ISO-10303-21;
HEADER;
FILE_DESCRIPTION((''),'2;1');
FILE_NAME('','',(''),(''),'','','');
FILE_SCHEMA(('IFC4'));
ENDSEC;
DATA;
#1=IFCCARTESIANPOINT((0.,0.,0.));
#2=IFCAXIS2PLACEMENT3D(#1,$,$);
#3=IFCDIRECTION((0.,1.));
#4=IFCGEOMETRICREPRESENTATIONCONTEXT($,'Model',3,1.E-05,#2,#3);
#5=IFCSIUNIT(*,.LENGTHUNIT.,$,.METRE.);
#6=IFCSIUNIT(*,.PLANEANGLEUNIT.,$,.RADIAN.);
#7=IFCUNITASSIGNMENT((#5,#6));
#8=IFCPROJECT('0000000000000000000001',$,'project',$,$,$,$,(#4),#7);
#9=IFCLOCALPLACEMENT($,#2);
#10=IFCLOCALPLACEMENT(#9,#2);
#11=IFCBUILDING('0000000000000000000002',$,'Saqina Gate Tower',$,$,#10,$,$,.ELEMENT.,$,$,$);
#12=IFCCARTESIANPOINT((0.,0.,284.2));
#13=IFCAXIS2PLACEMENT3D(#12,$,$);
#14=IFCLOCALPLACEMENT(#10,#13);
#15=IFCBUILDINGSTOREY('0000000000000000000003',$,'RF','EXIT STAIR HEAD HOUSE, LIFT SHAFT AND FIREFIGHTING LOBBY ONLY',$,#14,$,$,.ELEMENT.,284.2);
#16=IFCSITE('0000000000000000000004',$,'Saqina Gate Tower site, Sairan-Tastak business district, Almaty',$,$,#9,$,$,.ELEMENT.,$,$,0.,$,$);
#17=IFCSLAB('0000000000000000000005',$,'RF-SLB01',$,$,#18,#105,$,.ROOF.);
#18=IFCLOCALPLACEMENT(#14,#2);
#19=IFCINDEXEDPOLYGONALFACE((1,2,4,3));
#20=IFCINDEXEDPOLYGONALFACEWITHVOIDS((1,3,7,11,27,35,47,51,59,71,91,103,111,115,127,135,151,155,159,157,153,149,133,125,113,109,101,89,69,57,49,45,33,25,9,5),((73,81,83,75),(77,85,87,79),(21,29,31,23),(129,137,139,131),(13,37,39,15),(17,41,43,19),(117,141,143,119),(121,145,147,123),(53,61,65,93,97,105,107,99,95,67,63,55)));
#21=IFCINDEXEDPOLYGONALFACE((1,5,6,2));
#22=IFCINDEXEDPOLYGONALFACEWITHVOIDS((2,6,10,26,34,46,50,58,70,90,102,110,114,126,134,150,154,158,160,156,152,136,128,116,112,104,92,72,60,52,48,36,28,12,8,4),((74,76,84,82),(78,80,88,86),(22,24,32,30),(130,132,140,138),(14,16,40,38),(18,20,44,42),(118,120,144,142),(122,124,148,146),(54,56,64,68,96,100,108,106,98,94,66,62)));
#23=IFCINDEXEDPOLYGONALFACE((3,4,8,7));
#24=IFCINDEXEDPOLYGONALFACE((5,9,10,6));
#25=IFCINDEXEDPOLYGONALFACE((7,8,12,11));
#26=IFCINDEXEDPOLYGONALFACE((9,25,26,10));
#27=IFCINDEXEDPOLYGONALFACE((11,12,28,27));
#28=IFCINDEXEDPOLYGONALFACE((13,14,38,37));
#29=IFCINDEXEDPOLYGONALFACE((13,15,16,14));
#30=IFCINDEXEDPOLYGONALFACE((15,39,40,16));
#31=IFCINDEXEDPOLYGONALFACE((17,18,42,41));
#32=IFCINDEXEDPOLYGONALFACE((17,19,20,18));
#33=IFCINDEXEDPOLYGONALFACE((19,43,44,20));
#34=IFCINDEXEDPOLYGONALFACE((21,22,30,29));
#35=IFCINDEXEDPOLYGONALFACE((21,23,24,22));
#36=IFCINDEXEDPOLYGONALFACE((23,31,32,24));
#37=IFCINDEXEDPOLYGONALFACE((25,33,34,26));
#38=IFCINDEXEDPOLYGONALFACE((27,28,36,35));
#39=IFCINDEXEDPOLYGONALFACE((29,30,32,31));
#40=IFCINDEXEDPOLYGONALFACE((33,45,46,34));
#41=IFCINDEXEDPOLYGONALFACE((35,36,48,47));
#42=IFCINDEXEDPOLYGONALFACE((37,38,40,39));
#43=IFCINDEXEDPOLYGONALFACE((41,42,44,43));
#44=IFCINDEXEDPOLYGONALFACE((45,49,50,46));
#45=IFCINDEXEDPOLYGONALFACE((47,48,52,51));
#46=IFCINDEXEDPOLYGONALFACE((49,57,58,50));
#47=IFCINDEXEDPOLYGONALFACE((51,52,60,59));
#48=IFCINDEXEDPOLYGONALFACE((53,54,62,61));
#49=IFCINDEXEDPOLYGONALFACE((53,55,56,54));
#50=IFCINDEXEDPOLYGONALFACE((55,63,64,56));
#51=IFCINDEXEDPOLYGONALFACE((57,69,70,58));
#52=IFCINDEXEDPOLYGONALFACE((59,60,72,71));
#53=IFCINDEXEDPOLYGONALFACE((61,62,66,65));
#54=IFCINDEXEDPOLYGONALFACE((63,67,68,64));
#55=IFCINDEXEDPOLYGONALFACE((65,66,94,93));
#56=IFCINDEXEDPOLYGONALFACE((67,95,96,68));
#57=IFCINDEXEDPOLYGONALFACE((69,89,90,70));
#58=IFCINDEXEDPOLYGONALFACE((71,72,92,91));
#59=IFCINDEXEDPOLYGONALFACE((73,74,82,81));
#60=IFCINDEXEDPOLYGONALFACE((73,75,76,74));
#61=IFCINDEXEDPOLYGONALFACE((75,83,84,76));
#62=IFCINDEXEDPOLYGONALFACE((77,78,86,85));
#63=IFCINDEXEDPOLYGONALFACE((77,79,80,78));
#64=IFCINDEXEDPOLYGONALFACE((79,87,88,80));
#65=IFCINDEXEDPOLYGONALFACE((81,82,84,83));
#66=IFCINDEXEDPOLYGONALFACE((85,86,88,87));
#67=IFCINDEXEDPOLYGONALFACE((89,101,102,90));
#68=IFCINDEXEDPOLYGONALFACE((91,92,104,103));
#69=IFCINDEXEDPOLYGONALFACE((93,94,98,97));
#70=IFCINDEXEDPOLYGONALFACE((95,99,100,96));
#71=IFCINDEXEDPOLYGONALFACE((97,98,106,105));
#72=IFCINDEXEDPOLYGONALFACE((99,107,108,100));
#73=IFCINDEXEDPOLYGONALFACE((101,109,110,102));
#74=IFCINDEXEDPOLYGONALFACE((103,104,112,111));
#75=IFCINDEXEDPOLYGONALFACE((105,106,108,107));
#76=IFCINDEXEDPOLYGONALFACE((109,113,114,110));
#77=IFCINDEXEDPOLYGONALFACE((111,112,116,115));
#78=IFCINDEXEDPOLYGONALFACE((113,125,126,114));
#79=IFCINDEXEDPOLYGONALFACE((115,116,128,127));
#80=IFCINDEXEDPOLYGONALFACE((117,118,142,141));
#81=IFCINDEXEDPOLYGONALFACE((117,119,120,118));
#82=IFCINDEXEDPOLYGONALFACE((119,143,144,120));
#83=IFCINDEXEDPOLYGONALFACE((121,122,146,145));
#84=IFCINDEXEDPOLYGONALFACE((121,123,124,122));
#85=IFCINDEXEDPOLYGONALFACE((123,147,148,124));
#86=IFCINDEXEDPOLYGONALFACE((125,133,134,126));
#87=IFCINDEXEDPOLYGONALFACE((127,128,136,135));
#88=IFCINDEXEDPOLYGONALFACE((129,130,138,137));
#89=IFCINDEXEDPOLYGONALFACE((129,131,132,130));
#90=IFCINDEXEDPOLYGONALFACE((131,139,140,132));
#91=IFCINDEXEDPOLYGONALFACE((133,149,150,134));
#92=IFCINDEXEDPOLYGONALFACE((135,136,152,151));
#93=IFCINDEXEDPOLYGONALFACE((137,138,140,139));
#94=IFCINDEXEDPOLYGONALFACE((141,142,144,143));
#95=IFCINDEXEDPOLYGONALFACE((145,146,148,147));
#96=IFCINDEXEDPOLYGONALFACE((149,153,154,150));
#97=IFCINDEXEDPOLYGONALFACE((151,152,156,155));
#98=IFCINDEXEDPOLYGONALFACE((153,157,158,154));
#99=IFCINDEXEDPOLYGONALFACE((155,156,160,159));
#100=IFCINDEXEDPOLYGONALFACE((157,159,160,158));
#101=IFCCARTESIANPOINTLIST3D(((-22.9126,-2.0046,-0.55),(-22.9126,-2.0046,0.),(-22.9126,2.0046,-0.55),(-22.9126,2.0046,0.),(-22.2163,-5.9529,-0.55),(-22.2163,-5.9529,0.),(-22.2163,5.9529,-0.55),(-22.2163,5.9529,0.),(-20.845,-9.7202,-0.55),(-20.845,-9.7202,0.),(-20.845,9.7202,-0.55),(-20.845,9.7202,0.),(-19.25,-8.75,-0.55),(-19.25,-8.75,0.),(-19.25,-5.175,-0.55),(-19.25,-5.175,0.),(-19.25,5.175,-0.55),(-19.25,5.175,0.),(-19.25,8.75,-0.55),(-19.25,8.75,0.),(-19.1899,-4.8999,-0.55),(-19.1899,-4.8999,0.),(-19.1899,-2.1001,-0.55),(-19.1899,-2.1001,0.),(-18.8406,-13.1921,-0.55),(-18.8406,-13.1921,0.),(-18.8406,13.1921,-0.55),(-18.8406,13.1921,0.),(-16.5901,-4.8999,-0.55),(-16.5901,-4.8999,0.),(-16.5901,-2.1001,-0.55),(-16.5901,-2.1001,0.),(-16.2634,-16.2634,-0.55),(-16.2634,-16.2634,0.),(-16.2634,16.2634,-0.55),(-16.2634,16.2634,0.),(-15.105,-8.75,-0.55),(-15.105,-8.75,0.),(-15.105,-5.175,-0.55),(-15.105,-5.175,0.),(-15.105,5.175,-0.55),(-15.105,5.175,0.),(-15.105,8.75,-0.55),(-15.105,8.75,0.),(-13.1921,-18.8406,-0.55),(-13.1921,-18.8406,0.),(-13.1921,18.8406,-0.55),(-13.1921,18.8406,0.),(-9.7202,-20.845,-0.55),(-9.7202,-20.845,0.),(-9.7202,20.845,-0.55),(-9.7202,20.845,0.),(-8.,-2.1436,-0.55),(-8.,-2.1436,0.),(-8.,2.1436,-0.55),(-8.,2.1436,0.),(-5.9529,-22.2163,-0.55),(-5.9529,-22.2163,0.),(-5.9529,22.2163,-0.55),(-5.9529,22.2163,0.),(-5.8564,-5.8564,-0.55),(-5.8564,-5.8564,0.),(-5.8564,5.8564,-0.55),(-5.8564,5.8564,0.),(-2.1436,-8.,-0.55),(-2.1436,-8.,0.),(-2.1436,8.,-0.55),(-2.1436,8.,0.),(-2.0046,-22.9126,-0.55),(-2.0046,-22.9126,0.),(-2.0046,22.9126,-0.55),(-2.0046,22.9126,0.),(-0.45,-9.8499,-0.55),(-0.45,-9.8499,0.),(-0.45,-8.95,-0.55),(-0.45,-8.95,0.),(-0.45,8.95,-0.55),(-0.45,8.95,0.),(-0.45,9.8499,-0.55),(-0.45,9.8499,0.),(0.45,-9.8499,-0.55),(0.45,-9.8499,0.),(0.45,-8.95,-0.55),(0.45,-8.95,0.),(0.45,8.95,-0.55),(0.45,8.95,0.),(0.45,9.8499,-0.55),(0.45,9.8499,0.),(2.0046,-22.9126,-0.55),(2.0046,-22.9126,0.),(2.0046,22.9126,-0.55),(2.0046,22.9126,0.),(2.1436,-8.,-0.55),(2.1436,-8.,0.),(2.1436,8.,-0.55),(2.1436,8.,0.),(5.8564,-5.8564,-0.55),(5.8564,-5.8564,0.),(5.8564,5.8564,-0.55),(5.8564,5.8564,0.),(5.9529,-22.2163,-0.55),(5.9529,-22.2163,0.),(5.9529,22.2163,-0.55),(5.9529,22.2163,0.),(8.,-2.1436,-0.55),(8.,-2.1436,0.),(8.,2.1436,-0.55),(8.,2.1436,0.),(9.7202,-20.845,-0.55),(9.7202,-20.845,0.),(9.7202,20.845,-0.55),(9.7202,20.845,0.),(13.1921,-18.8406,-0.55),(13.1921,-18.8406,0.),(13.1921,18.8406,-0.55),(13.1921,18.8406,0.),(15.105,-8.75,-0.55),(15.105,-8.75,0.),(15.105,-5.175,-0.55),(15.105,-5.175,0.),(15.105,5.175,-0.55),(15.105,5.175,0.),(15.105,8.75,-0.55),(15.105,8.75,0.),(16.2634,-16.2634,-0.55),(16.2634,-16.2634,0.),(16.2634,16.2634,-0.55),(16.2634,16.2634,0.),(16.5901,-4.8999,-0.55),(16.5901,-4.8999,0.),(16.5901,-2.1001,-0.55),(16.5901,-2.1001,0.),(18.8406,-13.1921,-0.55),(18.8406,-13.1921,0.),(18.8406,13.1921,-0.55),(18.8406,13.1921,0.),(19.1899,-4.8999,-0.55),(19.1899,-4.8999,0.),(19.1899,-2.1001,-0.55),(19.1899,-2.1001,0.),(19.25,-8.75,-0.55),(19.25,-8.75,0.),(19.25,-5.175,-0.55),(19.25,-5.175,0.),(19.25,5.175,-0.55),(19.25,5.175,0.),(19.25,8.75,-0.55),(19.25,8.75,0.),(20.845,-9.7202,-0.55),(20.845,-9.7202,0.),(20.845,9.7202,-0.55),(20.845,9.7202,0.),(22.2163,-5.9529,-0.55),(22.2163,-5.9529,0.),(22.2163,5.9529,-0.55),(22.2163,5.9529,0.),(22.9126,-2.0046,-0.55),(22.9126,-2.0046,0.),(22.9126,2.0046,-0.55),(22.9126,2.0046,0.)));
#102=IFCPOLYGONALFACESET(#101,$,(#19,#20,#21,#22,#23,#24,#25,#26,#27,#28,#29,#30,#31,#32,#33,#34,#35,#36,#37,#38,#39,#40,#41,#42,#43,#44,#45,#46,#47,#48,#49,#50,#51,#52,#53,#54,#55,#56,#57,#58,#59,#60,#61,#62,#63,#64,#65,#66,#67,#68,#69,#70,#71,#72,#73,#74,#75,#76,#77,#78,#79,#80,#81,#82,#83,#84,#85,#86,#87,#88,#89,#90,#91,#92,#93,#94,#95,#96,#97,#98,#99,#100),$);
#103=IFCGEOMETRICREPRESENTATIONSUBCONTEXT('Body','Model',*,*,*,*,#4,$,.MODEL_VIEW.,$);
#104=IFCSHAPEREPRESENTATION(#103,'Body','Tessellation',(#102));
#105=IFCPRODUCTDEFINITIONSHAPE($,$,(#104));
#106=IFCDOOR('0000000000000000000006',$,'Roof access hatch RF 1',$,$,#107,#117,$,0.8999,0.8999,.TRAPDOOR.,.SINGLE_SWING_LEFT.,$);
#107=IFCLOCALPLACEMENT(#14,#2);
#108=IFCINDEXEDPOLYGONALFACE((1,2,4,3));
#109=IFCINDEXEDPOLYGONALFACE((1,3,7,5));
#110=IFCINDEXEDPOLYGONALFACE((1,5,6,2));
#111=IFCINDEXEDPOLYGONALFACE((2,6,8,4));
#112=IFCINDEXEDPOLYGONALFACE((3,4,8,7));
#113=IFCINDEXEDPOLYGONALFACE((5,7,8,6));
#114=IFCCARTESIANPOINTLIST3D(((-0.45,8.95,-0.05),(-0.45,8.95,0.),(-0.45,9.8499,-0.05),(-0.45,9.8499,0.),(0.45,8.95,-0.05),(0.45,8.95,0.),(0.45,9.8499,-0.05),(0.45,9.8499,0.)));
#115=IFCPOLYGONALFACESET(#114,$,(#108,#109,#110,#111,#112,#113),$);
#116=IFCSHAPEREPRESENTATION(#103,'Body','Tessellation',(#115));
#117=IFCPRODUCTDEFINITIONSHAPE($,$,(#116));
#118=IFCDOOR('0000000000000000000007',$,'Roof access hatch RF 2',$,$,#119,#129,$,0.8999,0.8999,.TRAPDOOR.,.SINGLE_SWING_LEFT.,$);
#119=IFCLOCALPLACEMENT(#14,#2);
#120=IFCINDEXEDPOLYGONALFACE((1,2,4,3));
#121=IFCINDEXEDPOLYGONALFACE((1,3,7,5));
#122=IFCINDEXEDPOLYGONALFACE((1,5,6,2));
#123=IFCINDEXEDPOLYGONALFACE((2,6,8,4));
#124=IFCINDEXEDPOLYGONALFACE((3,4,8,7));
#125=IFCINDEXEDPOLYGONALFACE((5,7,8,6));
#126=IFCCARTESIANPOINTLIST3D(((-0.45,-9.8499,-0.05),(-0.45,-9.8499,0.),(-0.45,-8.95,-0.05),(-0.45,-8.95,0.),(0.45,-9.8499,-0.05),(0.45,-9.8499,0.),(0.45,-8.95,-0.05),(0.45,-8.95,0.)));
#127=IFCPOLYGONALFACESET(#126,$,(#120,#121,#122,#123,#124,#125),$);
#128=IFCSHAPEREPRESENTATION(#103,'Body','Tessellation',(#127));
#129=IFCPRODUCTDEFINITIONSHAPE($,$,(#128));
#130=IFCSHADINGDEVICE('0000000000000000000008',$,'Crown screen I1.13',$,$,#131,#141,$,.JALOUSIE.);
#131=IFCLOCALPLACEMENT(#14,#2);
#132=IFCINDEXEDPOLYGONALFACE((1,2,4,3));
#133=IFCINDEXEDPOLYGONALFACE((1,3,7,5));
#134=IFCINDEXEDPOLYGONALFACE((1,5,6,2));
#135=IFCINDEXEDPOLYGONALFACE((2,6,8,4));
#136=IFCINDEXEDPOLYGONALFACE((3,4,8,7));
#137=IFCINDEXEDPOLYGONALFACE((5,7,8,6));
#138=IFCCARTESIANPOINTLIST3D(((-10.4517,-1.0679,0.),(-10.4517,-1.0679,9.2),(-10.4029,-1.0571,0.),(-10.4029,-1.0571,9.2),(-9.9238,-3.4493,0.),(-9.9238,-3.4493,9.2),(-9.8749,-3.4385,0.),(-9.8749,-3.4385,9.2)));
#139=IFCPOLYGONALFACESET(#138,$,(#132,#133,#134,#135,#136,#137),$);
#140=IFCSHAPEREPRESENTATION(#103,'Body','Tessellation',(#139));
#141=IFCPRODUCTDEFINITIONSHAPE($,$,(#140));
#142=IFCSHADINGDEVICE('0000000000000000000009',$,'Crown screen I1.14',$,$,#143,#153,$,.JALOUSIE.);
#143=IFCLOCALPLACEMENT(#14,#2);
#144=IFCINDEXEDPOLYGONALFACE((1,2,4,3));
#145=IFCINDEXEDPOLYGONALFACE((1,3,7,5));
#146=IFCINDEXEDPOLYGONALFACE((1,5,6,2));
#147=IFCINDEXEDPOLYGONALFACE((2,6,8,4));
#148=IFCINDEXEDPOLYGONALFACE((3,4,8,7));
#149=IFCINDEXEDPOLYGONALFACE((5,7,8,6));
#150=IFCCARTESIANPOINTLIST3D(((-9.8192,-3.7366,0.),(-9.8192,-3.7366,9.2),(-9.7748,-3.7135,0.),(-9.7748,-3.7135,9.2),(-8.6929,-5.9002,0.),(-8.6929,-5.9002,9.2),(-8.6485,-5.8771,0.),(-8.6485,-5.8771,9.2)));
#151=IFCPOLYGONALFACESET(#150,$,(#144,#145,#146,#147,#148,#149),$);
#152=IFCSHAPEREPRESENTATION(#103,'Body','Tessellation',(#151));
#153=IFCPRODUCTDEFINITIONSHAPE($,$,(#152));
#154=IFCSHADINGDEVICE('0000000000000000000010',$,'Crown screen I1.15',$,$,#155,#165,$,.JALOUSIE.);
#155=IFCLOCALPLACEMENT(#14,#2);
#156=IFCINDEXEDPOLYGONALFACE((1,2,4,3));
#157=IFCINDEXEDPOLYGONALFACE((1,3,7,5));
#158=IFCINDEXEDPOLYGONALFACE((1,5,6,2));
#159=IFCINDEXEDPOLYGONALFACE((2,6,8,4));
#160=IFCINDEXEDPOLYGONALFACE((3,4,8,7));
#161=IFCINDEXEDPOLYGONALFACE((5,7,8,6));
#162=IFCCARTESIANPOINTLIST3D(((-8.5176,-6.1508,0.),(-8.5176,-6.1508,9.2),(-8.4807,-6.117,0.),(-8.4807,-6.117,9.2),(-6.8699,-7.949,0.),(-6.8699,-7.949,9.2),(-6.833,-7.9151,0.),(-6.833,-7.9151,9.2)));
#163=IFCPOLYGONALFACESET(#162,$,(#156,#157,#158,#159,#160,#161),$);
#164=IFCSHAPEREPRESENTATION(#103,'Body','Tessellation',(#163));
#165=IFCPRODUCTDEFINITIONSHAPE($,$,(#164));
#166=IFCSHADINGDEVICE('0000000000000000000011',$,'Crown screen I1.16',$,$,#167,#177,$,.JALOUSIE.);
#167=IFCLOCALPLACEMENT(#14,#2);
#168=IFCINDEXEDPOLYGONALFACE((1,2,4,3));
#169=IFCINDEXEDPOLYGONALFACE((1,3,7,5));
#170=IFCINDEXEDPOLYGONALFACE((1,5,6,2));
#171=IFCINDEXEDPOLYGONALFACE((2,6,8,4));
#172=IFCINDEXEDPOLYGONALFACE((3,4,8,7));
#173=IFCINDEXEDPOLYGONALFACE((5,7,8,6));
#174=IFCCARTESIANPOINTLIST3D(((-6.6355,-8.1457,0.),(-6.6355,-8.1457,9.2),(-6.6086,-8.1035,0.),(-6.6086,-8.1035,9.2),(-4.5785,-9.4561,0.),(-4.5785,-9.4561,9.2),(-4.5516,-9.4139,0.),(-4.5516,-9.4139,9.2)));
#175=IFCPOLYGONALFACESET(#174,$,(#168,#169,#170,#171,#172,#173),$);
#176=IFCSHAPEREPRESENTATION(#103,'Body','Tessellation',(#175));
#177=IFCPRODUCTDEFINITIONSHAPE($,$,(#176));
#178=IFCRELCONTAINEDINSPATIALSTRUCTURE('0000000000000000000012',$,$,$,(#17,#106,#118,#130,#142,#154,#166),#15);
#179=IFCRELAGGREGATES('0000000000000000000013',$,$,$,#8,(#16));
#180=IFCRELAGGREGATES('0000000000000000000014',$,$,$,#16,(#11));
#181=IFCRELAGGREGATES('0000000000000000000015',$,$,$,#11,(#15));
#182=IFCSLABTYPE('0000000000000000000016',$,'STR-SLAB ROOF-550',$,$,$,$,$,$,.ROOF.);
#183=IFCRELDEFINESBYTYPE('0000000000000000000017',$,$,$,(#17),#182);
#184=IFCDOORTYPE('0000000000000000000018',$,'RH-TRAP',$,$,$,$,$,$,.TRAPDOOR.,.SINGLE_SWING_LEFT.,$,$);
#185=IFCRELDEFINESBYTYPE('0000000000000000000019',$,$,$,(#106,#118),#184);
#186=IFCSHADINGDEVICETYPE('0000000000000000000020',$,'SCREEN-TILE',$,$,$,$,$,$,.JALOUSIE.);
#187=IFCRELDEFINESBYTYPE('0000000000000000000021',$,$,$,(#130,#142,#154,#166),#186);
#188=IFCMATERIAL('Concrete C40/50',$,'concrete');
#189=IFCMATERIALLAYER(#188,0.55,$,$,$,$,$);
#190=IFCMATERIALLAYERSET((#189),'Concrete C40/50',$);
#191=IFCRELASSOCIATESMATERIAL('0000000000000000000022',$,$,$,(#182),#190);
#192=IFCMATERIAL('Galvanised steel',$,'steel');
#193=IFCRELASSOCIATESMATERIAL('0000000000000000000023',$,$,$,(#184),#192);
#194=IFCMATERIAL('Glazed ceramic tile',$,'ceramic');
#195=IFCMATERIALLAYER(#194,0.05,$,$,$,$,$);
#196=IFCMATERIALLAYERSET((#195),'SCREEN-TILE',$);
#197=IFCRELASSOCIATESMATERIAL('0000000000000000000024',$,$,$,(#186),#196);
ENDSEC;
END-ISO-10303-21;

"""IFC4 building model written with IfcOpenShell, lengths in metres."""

from ifc_helpers import new_model, si_unit, direction, frame, origin, origin_2d, place, context, subcontext, project, spatial, polyline, rectangle, outline, extrude, material, layer, layer_set, type_object, element, fill, save


model = new_model("IFC4")

# Units and contexts
model_context = context("Model", 3, precision=1e-05, world=origin(), true_north=direction((0.0, 1.0)))
body_context = subcontext(model_context, "Body", "Model", "MODEL_VIEW")
ifc_project = project(units=[si_unit("LENGTHUNIT", "METRE"), si_unit("PLANEANGLEUNIT", "RADIAN")], contexts=[model_context])

# Site, building, storey
site_placement = place(None, origin())
site = spatial("IfcSite", under=ifc_project, at=site_placement, Name="Saqina Gate Tower site, Sairan-Tastak business district, Almaty", CompositionType="ELEMENT", RefElevation=0.0)
building_placement = place(site_placement, origin())
building = spatial("IfcBuilding", under=site, at=building_placement, Name="Saqina Gate Tower", CompositionType="ELEMENT")
storey_placement = place(building_placement, frame((0.0, 0.0, 284.2)))
storey = spatial("IfcBuildingStorey", under=building, at=storey_placement, Name="RF", Description="EXIT STAIR HEAD HOUSE, LIFT SHAFT AND FIREFIGHTING LOBBY ONLY", CompositionType="ELEMENT", Elevation=284.2)

# Slab, openings, doors
ifc_material_1 = material(Name="Concrete C40/50", Category="concrete")
ifc_layer_1 = layer(ifc_material_1, 0.55)
ifc_layer_set_1 = layer_set([ifc_layer_1], Name="Concrete C40/50")
slab_type = type_object("IfcSlabType", Name="STR-SLAB ROOF-550", PredefinedType="ROOF", material=ifc_layer_set_1)
slab_placement = place(storey_placement, frame((0.0, 0.0, -0.55)))
slab = element("IfcSlab", 1, at=slab_placement, inside=storey, type_object=slab_type, Name="RF-SLB01", PredefinedType="ROOF", context=body_context, shape_type="SweptSolid", body=[
    extrude(outline(polyline([(22.2163, -5.9529), (22.9126, -2.0046), (22.9126, 2.0046), (22.2163, 5.9529), (20.845, 9.7202), (18.8406, 13.1921), (16.2634, 16.2634), (13.1921, 18.8406), (9.7202, 20.845), (5.9529, 22.2163), (2.0046, 22.9126), (-2.0046, 22.9126), (-5.9529, 22.2163), (-9.7202, 20.845), (-13.1921, 18.8406), (-16.2634, 16.2634), (-18.8406, 13.1921), (-20.845, 9.7202), (-22.2163, 5.9529), (-22.9126, 2.0046), (-22.9126, -2.0046), (-22.2163, -5.9529), (-20.845, -9.7202), (-18.8406, -13.1921), (-16.2634, -16.2634), (-13.1921, -18.8406), (-9.7202, -20.845), (-5.9529, -22.2163), (-2.0046, -22.9126), (2.0046, -22.9126), (5.9529, -22.2163), (9.7202, -20.845), (13.1921, -18.8406), (16.2634, -16.2634), (18.8406, -13.1921), (20.845, -9.7202), (22.2163, -5.9529)]), holes=[polyline([(2.1436, 8.0), (5.8564, 5.8564), (8.0, 2.1436), (8.0, -2.1436), (5.8564, -5.8564), (2.1436, -8.0), (-2.1436, -8.0), (-5.8564, -5.8564), (-8.0, -2.1436), (-8.0, 2.1436), (-5.8564, 5.8564), (-2.1436, 8.0), (2.1436, 8.0)]), polyline([(-19.25, -8.75), (-19.25, -5.175), (-15.105, -5.175), (-15.105, -8.75), (-19.25, -8.75)]), polyline([(15.105, -5.175), (19.25, -5.175), (19.25, -8.75), (15.105, -8.75), (15.105, -5.175)]), polyline([(-19.1899, -2.1001), (-16.5901, -2.1001), (-16.5901, -4.8999), (-19.1899, -4.8999), (-19.1899, -2.1001)]), polyline([(16.5901, -4.8999), (16.5901, -2.1001), (19.1899, -2.1001), (19.1899, -4.8999), (16.5901, -4.8999)]), polyline([(-19.25, 8.75), (-15.105, 8.75), (-15.105, 5.175), (-19.25, 5.175), (-19.25, 8.75)]), polyline([(15.105, 8.75), (19.25, 8.75), (19.25, 5.175), (15.105, 5.175), (15.105, 8.75)])]), origin(), (0.0, 0.0, 1.0), 0.55),
])
opening_1_placement = place(slab_placement, frame((0.0, 9.3999, 0.0)))
opening_1 = element("IfcOpeningElement", 2, at=opening_1_placement, cuts=slab, PredefinedType="OPENING", context=body_context, shape_type="SweptSolid", body=[
    extrude(rectangle(XDim=0.8999, YDim=0.8999, at=origin_2d()), frame((0.0, 0.0, -0.012)), (0.0, 0.0, 1.0), 0.574),
])
opening_2_placement = place(slab_placement, frame((0.0, -9.3999, 0.0)))
opening_2 = element("IfcOpeningElement", 3, at=opening_2_placement, cuts=slab, PredefinedType="OPENING", context=body_context, shape_type="SweptSolid", body=[
    extrude(rectangle(XDim=0.8999, YDim=0.8999, at=origin_2d()), frame((0.0, 0.0, -0.012)), (0.0, 0.0, 1.0), 0.574),
])
ifc_material_2 = material(Name="Galvanised steel", Category="steel")
door_type = type_object("IfcDoorType", Name="RH-TRAP", OperationType="SINGLE_SWING_LEFT", PredefinedType="TRAPDOOR", material=ifc_material_2)
door_1_placement = place(opening_1_placement, frame((0.0, 0.0, 0.5)))
door_1 = element("IfcDoor", 4, at=door_1_placement, inside=storey, type_object=door_type, Name="Roof access hatch RF 1", OperationType="SINGLE_SWING_LEFT", OverallHeight=0.8999, OverallWidth=0.8999, PredefinedType="TRAPDOOR", context=body_context, shape_type="SweptSolid", body=[
    extrude(rectangle(XDim=0.8999, YDim=0.8999, at=origin_2d()), origin(), (0.0, 0.0, 1.0), 0.05),
])
fill(opening_1, door_1)
door_2_placement = place(opening_2_placement, frame((0.0, 0.0, 0.5)))
door_2 = element("IfcDoor", 5, at=door_2_placement, inside=storey, type_object=door_type, Name="Roof access hatch RF 2", OperationType="SINGLE_SWING_LEFT", OverallHeight=0.8999, OverallWidth=0.8999, PredefinedType="TRAPDOOR", context=body_context, shape_type="SweptSolid", body=[
    extrude(rectangle(XDim=0.8999, YDim=0.8999, at=origin_2d()), origin(), (0.0, 0.0, 1.0), 0.05),
])
fill(opening_2, door_2)

# Shading devices
ifc_material_3 = material(Name="Glazed ceramic tile", Category="ceramic")
ifc_layer_2 = layer(ifc_material_3, 0.05)
ifc_layer_set_2 = layer_set([ifc_layer_2], Name="SCREEN-TILE")
shading_device_type = type_object("IfcShadingDeviceType", Name="SCREEN-TILE", PredefinedType="JALOUSIE", material=ifc_layer_set_2)
for number, where, z_axis, x_axis, name in (
    (6, (-10.1633, -2.2532, 0.0), (0.0, 0.0, 1.0), (0.21644, -0.976296, 0.0), "Crown screen I1.13"),
    (7, (-9.2339, -4.8069, 0.0), (0.0, 0.0, 1.0), (0.461749, -0.887011, 0.0), "Crown screen I1.14"),
):
    element("IfcShadingDevice", number, at=place(storey_placement, frame(where, z_axis=z_axis, x_axis=x_axis)), inside=storey, type_object=shading_device_type, Name=name, PredefinedType="JALOUSIE", context=body_context, shape_type="SweptSolid", body=[
        extrude(rectangle(XDim=2.4392, YDim=0.05, at=origin_2d()), origin(), (0.0, 0.0, 1.0), 9.2),
    ])
for number, where, z_axis, x_axis, name in (
    (8, (-7.6753, -7.033, 0.0), (0.0, 0.0, 1.0), (0.67559, -0.737277, 0.0), "Crown screen I1.15"),
    (9, (-5.5935, -8.7798, 0.0), (0.0, 0.0, 1.0), (0.843391, -0.5373, 0.0), "Crown screen I1.16"),
):
    element("IfcShadingDevice", number, at=place(storey_placement, frame(where, z_axis=z_axis, x_axis=x_axis)), inside=storey, type_object=shading_device_type, Name=name, PredefinedType="JALOUSIE", context=body_context, shape_type="SweptSolid", body=[
        extrude(rectangle(XDim=2.439, YDim=0.05, at=origin_2d()), origin(), (0.0, 0.0, 1.0), 9.2),
    ])

save(model, "model.ifc")
